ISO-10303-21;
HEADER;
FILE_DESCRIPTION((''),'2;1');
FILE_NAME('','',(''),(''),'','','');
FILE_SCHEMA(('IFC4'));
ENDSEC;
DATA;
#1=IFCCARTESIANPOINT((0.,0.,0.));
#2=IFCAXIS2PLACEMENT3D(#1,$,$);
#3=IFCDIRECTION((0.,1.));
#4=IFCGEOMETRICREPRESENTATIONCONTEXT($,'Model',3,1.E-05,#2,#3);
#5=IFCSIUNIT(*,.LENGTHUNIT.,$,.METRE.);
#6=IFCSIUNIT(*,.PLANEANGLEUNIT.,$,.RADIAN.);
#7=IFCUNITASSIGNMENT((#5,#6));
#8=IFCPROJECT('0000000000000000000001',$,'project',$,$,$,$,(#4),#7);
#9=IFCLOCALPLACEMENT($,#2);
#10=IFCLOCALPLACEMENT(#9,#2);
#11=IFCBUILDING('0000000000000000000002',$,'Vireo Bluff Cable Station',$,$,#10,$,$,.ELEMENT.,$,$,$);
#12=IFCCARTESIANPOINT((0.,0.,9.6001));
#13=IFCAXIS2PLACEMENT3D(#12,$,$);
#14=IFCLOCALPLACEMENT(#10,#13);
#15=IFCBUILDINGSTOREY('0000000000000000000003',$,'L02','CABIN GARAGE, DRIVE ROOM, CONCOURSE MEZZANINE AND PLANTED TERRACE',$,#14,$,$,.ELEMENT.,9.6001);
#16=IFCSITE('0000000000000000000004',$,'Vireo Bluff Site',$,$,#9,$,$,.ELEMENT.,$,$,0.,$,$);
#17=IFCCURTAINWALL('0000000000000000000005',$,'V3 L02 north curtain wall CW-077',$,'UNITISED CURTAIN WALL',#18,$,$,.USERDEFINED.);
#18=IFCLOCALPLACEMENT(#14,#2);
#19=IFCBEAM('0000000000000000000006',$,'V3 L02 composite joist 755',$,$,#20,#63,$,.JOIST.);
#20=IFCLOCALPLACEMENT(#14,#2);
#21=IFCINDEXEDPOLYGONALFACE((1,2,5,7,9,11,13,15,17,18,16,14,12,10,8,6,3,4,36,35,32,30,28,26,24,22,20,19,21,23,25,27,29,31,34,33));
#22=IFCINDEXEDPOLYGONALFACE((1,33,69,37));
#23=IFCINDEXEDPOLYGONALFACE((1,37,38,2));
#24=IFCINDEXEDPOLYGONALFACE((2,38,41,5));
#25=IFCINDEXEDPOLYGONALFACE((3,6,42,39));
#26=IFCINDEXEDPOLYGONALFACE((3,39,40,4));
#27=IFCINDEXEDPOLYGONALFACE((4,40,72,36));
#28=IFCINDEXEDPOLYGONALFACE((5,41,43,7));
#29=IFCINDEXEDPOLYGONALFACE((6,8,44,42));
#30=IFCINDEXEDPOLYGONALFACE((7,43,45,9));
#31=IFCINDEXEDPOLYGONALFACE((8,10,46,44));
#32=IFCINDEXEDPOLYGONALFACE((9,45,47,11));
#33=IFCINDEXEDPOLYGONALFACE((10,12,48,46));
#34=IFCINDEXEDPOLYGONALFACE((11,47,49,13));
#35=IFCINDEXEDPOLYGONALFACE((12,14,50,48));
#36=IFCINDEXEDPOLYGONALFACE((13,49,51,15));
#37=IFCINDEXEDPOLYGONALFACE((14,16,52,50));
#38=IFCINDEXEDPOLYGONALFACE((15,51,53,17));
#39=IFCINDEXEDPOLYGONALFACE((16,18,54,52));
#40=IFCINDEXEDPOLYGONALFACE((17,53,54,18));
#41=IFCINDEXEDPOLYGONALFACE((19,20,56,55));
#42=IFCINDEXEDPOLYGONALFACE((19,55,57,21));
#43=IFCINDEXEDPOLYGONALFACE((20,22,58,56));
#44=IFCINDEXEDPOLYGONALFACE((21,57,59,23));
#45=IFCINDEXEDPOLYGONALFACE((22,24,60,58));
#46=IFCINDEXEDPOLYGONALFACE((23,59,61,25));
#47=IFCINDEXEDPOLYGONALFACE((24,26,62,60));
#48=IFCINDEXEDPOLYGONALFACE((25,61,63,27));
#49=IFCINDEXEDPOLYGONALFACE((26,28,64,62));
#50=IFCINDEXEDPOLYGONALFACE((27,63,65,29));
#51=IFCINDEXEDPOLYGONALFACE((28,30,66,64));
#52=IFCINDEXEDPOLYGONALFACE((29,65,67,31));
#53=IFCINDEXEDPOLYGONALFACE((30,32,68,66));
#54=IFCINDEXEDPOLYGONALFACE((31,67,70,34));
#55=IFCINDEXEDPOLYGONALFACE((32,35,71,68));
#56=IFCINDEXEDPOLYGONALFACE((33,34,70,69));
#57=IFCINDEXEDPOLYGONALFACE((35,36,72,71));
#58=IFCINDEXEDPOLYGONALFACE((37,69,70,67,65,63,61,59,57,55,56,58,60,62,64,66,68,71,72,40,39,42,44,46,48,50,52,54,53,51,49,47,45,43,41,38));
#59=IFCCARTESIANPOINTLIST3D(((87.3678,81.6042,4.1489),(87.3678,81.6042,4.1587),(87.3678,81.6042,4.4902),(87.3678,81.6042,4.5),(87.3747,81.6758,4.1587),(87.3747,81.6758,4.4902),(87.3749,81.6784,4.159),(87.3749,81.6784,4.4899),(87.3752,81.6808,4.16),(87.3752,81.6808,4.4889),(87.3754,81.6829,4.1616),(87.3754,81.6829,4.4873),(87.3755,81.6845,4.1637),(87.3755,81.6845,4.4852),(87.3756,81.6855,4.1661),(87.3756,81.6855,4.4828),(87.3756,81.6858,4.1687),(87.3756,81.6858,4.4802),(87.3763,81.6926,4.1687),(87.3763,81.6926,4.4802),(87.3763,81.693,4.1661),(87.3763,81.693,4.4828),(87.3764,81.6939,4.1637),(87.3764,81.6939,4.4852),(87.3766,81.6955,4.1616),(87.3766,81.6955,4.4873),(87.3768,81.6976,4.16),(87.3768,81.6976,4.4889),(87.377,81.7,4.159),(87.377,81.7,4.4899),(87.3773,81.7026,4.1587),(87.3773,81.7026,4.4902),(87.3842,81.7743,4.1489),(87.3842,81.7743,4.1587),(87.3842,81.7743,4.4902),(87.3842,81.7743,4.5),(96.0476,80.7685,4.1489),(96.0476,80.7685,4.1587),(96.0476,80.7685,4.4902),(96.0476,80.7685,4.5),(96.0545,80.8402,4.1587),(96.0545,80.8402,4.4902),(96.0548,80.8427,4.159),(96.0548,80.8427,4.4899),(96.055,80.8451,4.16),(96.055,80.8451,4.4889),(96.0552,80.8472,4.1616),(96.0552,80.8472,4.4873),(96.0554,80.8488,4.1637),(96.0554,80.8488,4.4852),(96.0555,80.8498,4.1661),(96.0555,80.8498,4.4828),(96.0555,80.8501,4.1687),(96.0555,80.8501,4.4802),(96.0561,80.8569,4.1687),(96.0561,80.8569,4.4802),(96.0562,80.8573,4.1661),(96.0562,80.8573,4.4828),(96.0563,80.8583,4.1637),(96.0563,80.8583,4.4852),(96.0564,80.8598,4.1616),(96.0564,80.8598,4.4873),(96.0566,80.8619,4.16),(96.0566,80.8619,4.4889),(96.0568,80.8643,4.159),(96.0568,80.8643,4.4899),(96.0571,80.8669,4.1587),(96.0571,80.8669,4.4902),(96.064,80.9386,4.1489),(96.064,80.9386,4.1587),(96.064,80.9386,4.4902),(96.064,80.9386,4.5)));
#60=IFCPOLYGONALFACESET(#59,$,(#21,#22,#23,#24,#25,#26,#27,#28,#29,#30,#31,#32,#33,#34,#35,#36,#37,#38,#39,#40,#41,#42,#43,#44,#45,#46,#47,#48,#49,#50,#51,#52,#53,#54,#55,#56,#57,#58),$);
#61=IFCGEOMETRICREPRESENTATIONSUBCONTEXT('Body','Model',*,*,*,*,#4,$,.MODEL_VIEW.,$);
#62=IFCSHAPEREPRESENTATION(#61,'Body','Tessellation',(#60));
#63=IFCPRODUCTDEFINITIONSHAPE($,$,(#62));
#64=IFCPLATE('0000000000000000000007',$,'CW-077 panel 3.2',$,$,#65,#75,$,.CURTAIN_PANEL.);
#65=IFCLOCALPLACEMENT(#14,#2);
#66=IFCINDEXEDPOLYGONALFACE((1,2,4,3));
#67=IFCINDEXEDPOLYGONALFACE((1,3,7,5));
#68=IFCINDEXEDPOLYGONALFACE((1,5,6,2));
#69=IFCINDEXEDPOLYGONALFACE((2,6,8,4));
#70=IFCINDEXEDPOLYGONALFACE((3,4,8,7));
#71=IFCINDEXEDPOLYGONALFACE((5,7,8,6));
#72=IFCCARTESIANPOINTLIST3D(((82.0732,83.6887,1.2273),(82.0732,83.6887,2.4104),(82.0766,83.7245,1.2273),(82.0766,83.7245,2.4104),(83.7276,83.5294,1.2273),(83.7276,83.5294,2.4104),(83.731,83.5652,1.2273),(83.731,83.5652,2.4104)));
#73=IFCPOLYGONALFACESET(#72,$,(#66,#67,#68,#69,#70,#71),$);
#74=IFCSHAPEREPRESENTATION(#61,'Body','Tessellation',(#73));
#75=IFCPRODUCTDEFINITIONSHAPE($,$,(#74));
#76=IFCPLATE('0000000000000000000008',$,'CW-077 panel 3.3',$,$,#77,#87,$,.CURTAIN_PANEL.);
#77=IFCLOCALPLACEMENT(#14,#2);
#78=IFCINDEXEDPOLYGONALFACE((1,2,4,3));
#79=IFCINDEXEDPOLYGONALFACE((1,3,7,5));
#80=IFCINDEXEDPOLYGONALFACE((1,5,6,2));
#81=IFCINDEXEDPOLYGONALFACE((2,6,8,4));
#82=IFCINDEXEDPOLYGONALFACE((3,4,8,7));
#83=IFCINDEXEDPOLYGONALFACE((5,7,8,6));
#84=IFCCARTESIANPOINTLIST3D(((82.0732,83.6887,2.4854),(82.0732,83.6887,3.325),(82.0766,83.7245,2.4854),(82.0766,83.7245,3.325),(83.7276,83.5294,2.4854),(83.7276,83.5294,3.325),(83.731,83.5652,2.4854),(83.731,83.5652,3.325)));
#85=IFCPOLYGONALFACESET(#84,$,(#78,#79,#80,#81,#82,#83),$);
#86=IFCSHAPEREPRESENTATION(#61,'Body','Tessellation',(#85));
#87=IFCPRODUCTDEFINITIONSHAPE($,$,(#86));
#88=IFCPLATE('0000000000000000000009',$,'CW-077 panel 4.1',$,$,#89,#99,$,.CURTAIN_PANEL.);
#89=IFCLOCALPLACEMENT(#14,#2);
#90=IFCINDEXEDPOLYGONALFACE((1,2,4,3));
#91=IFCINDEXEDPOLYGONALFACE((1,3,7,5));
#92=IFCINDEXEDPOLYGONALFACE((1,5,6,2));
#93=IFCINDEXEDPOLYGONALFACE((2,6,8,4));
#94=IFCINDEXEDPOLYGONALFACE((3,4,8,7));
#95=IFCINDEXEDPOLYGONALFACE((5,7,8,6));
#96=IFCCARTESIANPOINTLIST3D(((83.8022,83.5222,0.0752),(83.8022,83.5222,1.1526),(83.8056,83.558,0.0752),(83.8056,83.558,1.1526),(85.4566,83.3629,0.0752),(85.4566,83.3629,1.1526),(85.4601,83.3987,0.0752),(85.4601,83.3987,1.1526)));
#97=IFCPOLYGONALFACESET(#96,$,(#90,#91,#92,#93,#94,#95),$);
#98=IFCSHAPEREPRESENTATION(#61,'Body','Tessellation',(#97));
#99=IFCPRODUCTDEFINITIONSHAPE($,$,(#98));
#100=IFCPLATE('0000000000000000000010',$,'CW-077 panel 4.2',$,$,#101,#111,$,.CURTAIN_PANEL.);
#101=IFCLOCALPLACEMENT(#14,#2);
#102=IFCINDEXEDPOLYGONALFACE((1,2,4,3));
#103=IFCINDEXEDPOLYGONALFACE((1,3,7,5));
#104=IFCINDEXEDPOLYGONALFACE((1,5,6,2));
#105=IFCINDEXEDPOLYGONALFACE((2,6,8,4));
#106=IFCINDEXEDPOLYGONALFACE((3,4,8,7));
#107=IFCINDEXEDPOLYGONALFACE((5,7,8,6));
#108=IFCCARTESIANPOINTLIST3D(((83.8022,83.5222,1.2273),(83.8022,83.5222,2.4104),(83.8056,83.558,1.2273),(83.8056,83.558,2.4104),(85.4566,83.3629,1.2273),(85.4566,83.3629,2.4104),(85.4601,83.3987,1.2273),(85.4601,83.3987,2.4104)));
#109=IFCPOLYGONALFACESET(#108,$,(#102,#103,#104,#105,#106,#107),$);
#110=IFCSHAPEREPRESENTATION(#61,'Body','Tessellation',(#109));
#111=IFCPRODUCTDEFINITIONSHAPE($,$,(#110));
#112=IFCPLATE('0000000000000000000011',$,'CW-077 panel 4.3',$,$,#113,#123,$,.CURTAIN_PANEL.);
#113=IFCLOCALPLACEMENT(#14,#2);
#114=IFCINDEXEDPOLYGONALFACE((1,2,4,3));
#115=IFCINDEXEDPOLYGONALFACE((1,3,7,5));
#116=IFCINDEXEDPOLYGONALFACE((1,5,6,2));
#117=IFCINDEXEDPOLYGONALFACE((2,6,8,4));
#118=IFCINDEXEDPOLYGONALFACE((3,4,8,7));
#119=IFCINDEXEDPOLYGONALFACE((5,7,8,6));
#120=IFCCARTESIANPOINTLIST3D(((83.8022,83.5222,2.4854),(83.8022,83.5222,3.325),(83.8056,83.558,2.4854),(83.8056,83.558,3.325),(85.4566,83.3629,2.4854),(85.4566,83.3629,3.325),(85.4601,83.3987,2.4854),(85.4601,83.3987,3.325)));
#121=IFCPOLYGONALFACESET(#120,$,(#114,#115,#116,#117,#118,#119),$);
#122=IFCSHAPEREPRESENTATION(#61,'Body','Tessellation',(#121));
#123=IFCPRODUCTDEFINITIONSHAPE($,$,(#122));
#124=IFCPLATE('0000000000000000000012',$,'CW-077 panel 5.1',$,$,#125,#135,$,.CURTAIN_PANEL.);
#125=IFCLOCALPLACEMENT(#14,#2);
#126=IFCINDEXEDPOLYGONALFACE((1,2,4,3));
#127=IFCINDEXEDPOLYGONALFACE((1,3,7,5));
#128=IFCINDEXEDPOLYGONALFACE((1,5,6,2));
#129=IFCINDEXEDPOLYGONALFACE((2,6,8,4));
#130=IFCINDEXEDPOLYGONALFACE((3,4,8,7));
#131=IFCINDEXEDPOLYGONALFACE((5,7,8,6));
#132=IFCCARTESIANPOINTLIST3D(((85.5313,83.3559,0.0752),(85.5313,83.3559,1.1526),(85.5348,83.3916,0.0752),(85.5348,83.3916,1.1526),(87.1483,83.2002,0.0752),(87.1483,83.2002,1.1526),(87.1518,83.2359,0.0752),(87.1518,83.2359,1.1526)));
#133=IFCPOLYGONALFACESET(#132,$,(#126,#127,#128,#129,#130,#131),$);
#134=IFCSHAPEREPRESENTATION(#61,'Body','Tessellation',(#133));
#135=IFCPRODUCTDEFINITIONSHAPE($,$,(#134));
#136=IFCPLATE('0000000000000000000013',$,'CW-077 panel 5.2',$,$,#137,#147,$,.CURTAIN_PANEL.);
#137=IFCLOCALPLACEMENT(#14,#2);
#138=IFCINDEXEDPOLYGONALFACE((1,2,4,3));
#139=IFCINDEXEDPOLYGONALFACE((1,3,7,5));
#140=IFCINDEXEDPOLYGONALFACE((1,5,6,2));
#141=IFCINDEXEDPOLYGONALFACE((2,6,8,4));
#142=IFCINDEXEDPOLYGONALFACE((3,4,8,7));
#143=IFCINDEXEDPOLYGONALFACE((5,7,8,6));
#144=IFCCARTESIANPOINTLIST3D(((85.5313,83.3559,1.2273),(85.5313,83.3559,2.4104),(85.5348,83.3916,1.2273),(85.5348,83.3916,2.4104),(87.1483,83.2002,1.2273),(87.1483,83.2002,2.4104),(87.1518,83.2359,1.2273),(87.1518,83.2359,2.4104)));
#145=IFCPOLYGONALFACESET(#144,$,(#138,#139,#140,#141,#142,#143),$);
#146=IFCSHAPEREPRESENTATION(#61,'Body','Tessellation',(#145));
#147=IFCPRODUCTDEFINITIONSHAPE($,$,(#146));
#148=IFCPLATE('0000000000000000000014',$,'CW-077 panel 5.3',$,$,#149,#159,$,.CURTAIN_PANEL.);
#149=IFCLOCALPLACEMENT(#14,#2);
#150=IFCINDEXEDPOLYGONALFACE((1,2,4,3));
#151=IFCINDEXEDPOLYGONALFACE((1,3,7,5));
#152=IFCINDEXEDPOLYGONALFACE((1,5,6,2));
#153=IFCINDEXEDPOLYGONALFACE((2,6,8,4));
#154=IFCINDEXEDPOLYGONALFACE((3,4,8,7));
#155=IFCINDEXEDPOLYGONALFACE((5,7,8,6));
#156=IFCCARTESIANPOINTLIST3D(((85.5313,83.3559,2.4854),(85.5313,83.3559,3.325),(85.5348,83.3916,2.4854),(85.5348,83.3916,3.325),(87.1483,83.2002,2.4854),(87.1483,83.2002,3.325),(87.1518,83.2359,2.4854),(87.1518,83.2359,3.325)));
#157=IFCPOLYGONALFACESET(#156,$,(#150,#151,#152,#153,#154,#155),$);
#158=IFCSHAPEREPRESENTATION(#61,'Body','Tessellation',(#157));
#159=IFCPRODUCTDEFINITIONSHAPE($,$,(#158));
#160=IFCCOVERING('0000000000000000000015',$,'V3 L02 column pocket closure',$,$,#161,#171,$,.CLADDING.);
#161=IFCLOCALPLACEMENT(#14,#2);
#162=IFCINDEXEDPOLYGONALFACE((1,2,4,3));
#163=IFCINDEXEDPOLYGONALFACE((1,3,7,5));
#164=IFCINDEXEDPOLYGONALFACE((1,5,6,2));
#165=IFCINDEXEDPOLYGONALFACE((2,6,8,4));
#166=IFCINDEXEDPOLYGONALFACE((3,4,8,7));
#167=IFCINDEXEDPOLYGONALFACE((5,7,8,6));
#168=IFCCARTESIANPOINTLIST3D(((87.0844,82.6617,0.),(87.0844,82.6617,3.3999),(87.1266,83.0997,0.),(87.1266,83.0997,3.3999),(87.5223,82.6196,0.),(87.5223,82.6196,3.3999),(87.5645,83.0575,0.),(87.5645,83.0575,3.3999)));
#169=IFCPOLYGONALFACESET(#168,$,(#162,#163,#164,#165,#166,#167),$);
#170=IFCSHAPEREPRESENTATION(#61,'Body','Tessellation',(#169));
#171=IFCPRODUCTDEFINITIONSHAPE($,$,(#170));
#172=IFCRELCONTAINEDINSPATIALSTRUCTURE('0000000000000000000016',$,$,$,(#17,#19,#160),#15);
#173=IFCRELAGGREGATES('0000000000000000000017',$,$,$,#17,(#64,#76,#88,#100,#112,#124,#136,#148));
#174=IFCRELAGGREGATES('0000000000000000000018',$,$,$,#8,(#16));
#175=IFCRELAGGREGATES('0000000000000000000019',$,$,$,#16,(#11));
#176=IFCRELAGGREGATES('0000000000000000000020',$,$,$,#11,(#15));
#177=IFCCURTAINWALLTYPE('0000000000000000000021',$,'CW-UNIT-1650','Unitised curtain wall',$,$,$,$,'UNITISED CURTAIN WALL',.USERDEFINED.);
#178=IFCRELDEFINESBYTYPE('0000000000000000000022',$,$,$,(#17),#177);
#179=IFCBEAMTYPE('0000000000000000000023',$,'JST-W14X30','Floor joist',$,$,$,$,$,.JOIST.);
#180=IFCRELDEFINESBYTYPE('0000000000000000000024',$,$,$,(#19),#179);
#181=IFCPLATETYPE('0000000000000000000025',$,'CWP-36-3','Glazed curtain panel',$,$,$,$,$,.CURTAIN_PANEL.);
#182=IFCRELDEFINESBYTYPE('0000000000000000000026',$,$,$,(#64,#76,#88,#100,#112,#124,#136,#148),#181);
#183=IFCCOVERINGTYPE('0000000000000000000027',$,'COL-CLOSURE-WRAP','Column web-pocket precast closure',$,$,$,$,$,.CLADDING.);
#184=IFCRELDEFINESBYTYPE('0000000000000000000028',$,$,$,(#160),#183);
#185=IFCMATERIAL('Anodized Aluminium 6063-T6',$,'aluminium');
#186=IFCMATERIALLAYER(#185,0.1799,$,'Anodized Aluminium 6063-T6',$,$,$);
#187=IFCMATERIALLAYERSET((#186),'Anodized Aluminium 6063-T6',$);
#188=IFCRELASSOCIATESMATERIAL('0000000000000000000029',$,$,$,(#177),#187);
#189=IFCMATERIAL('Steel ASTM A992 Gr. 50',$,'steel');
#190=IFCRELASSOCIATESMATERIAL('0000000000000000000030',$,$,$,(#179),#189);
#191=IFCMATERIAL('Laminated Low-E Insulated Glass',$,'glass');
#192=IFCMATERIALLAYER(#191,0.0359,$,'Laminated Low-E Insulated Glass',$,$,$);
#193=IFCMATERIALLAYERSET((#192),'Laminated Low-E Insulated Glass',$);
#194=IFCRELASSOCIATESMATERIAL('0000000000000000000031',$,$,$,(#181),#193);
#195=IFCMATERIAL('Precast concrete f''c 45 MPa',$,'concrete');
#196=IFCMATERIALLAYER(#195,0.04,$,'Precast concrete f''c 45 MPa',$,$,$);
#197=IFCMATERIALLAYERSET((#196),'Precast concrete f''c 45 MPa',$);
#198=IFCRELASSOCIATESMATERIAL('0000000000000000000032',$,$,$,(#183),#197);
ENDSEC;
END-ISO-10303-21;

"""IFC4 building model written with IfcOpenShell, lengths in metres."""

from ifc_helpers import new_model, si_unit, direction, frame, origin, origin_2d, place, context, subcontext, project, spatial, rectangle, i_section, extrude, material, layer, layer_set, material_profile, profile_set, type_object, element, aggregate, save


model = new_model("IFC4")

# Units and contexts
model_context = context("Model", 3, precision=1e-05, world=origin(), true_north=direction((0.0, 1.0)))
body_context = subcontext(model_context, "Body", "Model", "MODEL_VIEW")
ifc_project = project(units=[si_unit("LENGTHUNIT", "METRE"), si_unit("PLANEANGLEUNIT", "RADIAN")], contexts=[model_context])

# Site, building, storey
site_placement = place(None, origin())
site = spatial("IfcSite", under=ifc_project, at=site_placement, Name="Vireo Bluff Site", CompositionType="ELEMENT", RefElevation=0.0)
building_placement = place(site_placement, origin())
building = spatial("IfcBuilding", under=site, at=building_placement, Name="Vireo Bluff Cable Station", CompositionType="ELEMENT")
storey_placement = place(building_placement, frame((0.0, 0.0, 9.6001)))
storey = spatial("IfcBuildingStorey", under=building, at=storey_placement, Name="L02", Description="CABIN GARAGE, DRIVE ROOM, CONCOURSE MEZZANINE AND PLANTED TERRACE", CompositionType="ELEMENT", Elevation=9.6001)

# Curtain wall
ifc_material_1 = material(Name="Anodized Aluminium 6063-T6", Category="aluminium")
ifc_layer_1 = layer(ifc_material_1, 0.1799, Name="Anodized Aluminium 6063-T6")
ifc_layer_set_1 = layer_set([ifc_layer_1], Name="Anodized Aluminium 6063-T6")
curtain_wall_type = type_object("IfcCurtainWallType", Name="CW-UNIT-1650", Description="Unitised curtain wall", ElementType="UNITISED CURTAIN WALL", PredefinedType="USERDEFINED", material=ifc_layer_set_1)
curtain_wall_placement = place(storey_placement, origin())
curtain_wall = element("IfcCurtainWall", 1, at=curtain_wall_placement, inside=storey, type_object=curtain_wall_type, Name="V3 L02 north curtain wall CW-077", ObjectType="UNITISED CURTAIN WALL", PredefinedType="USERDEFINED")

# Beam
ifc_material_2 = material(Name="Steel ASTM A992 Gr. 50", Category="steel")
ifc_material_profile_1 = material_profile(ifc_material_2, i_section(OverallWidth=0.1709, OverallDepth=0.3511, WebThickness=0.0068, FlangeThickness=0.0098, FilletRadius=0.01, at=origin_2d()), Name="W14X30")
ifc_profile_set_1 = profile_set([ifc_material_profile_1], Name="Steel ASTM A992 Gr. 50")
beam_type_1 = type_object("IfcBeamType", Name="JST-W14X30", Description="Floor joist", PredefinedType="JOIST", material=ifc_profile_set_1)
beam_1_placement = place(storey_placement, frame((87.376, 81.6892, 4.3245), z_axis=(0.995397, -0.095836, 0.0), x_axis=(0.095836, 0.995397, 0.0)))
element("IfcBeam", 2, at=beam_1_placement, inside=storey, type_object=beam_type_1, Name="V3 L02 composite joist 755", PredefinedType="JOIST", context=body_context, shape_type="SweptSolid", body=[
    extrude(i_section(OverallWidth=0.1709, OverallDepth=0.3511, WebThickness=0.0068, FlangeThickness=0.0098, FilletRadius=0.01, at=origin_2d()), origin(), (0.0, 0.0, 1.0), 8.72),
])

# Plates
ifc_material_3 = material(Name="Laminated Low-E Insulated Glass", Category="glass")
ifc_layer_2 = layer(ifc_material_3, 0.0359, Name="Laminated Low-E Insulated Glass")
ifc_layer_set_2 = layer_set([ifc_layer_2], Name="Laminated Low-E Insulated Glass")
plate_type = type_object("IfcPlateType", Name="CWP-36-3", Description="Glazed curtain panel", PredefinedType="CURTAIN_PANEL", material=ifc_layer_set_2)
plate_1_placement = place(storey_placement, frame((82.9021, 83.627, 1.2273), z_axis=(0.0, 0.0, 1.0), x_axis=(0.995396, -0.095846, 0.0)))
plate_1 = element("IfcPlate", 3, at=plate_1_placement, type_object=plate_type, Name="CW-077 panel 3.2", PredefinedType="CURTAIN_PANEL", context=body_context, shape_type="SweptSolid", body=[
    extrude(rectangle(XDim=1.6621, YDim=0.0359, at=origin_2d()), origin(), (0.0, 0.0, 1.0), 1.1831),
])
plate_2_placement = place(storey_placement, frame((82.9021, 83.627, 2.4854), z_axis=(0.0, 0.0, 1.0), x_axis=(0.995396, -0.095846, 0.0)))
plate_2 = element("IfcPlate", 4, at=plate_2_placement, type_object=plate_type, Name="CW-077 panel 3.3", PredefinedType="CURTAIN_PANEL", context=body_context, shape_type="SweptSolid", body=[
    extrude(rectangle(XDim=1.6621, YDim=0.0359, at=origin_2d()), origin(), (0.0, 0.0, 1.0), 0.8396),
])
plate_3_placement = place(storey_placement, frame((84.6311, 83.4604, 0.0752), z_axis=(0.0, 0.0, 1.0), x_axis=(0.995396, -0.095846, 0.0)))
plate_3 = element("IfcPlate", 5, at=plate_3_placement, type_object=plate_type, Name="CW-077 panel 4.1", PredefinedType="CURTAIN_PANEL", context=body_context, shape_type="SweptSolid", body=[
    extrude(rectangle(XDim=1.6621, YDim=0.0359, at=origin_2d()), origin(), (0.0, 0.0, 1.0), 1.0774),
])
plate_4_placement = place(storey_placement, frame((84.6311, 83.4604, 1.2273), z_axis=(0.0, 0.0, 1.0), x_axis=(0.995396, -0.095846, 0.0)))
plate_4 = element("IfcPlate", 6, at=plate_4_placement, type_object=plate_type, Name="CW-077 panel 4.2", PredefinedType="CURTAIN_PANEL", context=body_context, shape_type="SweptSolid", body=[
    extrude(rectangle(XDim=1.6621, YDim=0.0359, at=origin_2d()), origin(), (0.0, 0.0, 1.0), 1.1831),
])
plate_5_placement = place(storey_placement, frame((84.6311, 83.4604, 2.4854), z_axis=(0.0, 0.0, 1.0), x_axis=(0.995396, -0.095846, 0.0)))
plate_5 = element("IfcPlate", 7, at=plate_5_placement, type_object=plate_type, Name="CW-077 panel 4.3", PredefinedType="CURTAIN_PANEL", context=body_context, shape_type="SweptSolid", body=[
    extrude(rectangle(XDim=1.6621, YDim=0.0359, at=origin_2d()), origin(), (0.0, 0.0, 1.0), 0.8396),
])
plate_6_placement = place(storey_placement, frame((86.3416, 83.2959, 0.0752), z_axis=(0.0, 0.0, 1.0), x_axis=(0.995396, -0.095846, 0.0)))
plate_6 = element("IfcPlate", 8, at=plate_6_placement, type_object=plate_type, Name="CW-077 panel 5.1", PredefinedType="CURTAIN_PANEL", context=body_context, shape_type="SweptSolid", body=[
    extrude(rectangle(XDim=1.6245, YDim=0.0359, at=origin_2d()), origin(), (0.0, 0.0, 1.0), 1.0774),
])
plate_7_placement = place(storey_placement, frame((86.3416, 83.2959, 1.2273), z_axis=(0.0, 0.0, 1.0), x_axis=(0.995396, -0.095846, 0.0)))
plate_7 = element("IfcPlate", 9, at=plate_7_placement, type_object=plate_type, Name="CW-077 panel 5.2", PredefinedType="CURTAIN_PANEL", context=body_context, shape_type="SweptSolid", body=[
    extrude(rectangle(XDim=1.6245, YDim=0.0359, at=origin_2d()), origin(), (0.0, 0.0, 1.0), 1.1831),
])
plate_8_placement = place(storey_placement, frame((86.3416, 83.2959, 2.4854), z_axis=(0.0, 0.0, 1.0), x_axis=(0.995396, -0.095846, 0.0)))
plate_8 = element("IfcPlate", 10, at=plate_8_placement, type_object=plate_type, Name="CW-077 panel 5.3", PredefinedType="CURTAIN_PANEL", context=body_context, shape_type="SweptSolid", body=[
    extrude(rectangle(XDim=1.6245, YDim=0.0359, at=origin_2d()), origin(), (0.0, 0.0, 1.0), 0.8396),
])
aggregate(curtain_wall, [plate_1, plate_2, plate_3, plate_4, plate_5, plate_6, plate_7, plate_8])

# Covering
ifc_material_4 = material(Name="Precast concrete f'c 45 MPa", Category="concrete")
ifc_layer_3 = layer(ifc_material_4, 0.04, Name="Precast concrete f'c 45 MPa")
ifc_layer_set_3 = layer_set([ifc_layer_3], Name="Precast concrete f'c 45 MPa")
covering_type = type_object("IfcCoveringType", Name="COL-CLOSURE-WRAP", Description="Column web-pocket precast closure", PredefinedType="CLADDING", material=ifc_layer_set_3)
covering_placement = place(storey_placement, frame((87.3245, 82.8596, 0.0), z_axis=(0.0, 0.0, 1.0), x_axis=(0.995396, -0.095846, 0.0)))
element("IfcCovering", 11, at=covering_placement, inside=storey, type_object=covering_type, Name="V3 L02 column pocket closure", PredefinedType="CLADDING", context=body_context, shape_type="SweptSolid", body=[
    extrude(rectangle(XDim=0.4399, YDim=0.4399, at=origin_2d()), origin(), (0.0, 0.0, 1.0), 3.3999),
])

save(model, "model.ifc")
